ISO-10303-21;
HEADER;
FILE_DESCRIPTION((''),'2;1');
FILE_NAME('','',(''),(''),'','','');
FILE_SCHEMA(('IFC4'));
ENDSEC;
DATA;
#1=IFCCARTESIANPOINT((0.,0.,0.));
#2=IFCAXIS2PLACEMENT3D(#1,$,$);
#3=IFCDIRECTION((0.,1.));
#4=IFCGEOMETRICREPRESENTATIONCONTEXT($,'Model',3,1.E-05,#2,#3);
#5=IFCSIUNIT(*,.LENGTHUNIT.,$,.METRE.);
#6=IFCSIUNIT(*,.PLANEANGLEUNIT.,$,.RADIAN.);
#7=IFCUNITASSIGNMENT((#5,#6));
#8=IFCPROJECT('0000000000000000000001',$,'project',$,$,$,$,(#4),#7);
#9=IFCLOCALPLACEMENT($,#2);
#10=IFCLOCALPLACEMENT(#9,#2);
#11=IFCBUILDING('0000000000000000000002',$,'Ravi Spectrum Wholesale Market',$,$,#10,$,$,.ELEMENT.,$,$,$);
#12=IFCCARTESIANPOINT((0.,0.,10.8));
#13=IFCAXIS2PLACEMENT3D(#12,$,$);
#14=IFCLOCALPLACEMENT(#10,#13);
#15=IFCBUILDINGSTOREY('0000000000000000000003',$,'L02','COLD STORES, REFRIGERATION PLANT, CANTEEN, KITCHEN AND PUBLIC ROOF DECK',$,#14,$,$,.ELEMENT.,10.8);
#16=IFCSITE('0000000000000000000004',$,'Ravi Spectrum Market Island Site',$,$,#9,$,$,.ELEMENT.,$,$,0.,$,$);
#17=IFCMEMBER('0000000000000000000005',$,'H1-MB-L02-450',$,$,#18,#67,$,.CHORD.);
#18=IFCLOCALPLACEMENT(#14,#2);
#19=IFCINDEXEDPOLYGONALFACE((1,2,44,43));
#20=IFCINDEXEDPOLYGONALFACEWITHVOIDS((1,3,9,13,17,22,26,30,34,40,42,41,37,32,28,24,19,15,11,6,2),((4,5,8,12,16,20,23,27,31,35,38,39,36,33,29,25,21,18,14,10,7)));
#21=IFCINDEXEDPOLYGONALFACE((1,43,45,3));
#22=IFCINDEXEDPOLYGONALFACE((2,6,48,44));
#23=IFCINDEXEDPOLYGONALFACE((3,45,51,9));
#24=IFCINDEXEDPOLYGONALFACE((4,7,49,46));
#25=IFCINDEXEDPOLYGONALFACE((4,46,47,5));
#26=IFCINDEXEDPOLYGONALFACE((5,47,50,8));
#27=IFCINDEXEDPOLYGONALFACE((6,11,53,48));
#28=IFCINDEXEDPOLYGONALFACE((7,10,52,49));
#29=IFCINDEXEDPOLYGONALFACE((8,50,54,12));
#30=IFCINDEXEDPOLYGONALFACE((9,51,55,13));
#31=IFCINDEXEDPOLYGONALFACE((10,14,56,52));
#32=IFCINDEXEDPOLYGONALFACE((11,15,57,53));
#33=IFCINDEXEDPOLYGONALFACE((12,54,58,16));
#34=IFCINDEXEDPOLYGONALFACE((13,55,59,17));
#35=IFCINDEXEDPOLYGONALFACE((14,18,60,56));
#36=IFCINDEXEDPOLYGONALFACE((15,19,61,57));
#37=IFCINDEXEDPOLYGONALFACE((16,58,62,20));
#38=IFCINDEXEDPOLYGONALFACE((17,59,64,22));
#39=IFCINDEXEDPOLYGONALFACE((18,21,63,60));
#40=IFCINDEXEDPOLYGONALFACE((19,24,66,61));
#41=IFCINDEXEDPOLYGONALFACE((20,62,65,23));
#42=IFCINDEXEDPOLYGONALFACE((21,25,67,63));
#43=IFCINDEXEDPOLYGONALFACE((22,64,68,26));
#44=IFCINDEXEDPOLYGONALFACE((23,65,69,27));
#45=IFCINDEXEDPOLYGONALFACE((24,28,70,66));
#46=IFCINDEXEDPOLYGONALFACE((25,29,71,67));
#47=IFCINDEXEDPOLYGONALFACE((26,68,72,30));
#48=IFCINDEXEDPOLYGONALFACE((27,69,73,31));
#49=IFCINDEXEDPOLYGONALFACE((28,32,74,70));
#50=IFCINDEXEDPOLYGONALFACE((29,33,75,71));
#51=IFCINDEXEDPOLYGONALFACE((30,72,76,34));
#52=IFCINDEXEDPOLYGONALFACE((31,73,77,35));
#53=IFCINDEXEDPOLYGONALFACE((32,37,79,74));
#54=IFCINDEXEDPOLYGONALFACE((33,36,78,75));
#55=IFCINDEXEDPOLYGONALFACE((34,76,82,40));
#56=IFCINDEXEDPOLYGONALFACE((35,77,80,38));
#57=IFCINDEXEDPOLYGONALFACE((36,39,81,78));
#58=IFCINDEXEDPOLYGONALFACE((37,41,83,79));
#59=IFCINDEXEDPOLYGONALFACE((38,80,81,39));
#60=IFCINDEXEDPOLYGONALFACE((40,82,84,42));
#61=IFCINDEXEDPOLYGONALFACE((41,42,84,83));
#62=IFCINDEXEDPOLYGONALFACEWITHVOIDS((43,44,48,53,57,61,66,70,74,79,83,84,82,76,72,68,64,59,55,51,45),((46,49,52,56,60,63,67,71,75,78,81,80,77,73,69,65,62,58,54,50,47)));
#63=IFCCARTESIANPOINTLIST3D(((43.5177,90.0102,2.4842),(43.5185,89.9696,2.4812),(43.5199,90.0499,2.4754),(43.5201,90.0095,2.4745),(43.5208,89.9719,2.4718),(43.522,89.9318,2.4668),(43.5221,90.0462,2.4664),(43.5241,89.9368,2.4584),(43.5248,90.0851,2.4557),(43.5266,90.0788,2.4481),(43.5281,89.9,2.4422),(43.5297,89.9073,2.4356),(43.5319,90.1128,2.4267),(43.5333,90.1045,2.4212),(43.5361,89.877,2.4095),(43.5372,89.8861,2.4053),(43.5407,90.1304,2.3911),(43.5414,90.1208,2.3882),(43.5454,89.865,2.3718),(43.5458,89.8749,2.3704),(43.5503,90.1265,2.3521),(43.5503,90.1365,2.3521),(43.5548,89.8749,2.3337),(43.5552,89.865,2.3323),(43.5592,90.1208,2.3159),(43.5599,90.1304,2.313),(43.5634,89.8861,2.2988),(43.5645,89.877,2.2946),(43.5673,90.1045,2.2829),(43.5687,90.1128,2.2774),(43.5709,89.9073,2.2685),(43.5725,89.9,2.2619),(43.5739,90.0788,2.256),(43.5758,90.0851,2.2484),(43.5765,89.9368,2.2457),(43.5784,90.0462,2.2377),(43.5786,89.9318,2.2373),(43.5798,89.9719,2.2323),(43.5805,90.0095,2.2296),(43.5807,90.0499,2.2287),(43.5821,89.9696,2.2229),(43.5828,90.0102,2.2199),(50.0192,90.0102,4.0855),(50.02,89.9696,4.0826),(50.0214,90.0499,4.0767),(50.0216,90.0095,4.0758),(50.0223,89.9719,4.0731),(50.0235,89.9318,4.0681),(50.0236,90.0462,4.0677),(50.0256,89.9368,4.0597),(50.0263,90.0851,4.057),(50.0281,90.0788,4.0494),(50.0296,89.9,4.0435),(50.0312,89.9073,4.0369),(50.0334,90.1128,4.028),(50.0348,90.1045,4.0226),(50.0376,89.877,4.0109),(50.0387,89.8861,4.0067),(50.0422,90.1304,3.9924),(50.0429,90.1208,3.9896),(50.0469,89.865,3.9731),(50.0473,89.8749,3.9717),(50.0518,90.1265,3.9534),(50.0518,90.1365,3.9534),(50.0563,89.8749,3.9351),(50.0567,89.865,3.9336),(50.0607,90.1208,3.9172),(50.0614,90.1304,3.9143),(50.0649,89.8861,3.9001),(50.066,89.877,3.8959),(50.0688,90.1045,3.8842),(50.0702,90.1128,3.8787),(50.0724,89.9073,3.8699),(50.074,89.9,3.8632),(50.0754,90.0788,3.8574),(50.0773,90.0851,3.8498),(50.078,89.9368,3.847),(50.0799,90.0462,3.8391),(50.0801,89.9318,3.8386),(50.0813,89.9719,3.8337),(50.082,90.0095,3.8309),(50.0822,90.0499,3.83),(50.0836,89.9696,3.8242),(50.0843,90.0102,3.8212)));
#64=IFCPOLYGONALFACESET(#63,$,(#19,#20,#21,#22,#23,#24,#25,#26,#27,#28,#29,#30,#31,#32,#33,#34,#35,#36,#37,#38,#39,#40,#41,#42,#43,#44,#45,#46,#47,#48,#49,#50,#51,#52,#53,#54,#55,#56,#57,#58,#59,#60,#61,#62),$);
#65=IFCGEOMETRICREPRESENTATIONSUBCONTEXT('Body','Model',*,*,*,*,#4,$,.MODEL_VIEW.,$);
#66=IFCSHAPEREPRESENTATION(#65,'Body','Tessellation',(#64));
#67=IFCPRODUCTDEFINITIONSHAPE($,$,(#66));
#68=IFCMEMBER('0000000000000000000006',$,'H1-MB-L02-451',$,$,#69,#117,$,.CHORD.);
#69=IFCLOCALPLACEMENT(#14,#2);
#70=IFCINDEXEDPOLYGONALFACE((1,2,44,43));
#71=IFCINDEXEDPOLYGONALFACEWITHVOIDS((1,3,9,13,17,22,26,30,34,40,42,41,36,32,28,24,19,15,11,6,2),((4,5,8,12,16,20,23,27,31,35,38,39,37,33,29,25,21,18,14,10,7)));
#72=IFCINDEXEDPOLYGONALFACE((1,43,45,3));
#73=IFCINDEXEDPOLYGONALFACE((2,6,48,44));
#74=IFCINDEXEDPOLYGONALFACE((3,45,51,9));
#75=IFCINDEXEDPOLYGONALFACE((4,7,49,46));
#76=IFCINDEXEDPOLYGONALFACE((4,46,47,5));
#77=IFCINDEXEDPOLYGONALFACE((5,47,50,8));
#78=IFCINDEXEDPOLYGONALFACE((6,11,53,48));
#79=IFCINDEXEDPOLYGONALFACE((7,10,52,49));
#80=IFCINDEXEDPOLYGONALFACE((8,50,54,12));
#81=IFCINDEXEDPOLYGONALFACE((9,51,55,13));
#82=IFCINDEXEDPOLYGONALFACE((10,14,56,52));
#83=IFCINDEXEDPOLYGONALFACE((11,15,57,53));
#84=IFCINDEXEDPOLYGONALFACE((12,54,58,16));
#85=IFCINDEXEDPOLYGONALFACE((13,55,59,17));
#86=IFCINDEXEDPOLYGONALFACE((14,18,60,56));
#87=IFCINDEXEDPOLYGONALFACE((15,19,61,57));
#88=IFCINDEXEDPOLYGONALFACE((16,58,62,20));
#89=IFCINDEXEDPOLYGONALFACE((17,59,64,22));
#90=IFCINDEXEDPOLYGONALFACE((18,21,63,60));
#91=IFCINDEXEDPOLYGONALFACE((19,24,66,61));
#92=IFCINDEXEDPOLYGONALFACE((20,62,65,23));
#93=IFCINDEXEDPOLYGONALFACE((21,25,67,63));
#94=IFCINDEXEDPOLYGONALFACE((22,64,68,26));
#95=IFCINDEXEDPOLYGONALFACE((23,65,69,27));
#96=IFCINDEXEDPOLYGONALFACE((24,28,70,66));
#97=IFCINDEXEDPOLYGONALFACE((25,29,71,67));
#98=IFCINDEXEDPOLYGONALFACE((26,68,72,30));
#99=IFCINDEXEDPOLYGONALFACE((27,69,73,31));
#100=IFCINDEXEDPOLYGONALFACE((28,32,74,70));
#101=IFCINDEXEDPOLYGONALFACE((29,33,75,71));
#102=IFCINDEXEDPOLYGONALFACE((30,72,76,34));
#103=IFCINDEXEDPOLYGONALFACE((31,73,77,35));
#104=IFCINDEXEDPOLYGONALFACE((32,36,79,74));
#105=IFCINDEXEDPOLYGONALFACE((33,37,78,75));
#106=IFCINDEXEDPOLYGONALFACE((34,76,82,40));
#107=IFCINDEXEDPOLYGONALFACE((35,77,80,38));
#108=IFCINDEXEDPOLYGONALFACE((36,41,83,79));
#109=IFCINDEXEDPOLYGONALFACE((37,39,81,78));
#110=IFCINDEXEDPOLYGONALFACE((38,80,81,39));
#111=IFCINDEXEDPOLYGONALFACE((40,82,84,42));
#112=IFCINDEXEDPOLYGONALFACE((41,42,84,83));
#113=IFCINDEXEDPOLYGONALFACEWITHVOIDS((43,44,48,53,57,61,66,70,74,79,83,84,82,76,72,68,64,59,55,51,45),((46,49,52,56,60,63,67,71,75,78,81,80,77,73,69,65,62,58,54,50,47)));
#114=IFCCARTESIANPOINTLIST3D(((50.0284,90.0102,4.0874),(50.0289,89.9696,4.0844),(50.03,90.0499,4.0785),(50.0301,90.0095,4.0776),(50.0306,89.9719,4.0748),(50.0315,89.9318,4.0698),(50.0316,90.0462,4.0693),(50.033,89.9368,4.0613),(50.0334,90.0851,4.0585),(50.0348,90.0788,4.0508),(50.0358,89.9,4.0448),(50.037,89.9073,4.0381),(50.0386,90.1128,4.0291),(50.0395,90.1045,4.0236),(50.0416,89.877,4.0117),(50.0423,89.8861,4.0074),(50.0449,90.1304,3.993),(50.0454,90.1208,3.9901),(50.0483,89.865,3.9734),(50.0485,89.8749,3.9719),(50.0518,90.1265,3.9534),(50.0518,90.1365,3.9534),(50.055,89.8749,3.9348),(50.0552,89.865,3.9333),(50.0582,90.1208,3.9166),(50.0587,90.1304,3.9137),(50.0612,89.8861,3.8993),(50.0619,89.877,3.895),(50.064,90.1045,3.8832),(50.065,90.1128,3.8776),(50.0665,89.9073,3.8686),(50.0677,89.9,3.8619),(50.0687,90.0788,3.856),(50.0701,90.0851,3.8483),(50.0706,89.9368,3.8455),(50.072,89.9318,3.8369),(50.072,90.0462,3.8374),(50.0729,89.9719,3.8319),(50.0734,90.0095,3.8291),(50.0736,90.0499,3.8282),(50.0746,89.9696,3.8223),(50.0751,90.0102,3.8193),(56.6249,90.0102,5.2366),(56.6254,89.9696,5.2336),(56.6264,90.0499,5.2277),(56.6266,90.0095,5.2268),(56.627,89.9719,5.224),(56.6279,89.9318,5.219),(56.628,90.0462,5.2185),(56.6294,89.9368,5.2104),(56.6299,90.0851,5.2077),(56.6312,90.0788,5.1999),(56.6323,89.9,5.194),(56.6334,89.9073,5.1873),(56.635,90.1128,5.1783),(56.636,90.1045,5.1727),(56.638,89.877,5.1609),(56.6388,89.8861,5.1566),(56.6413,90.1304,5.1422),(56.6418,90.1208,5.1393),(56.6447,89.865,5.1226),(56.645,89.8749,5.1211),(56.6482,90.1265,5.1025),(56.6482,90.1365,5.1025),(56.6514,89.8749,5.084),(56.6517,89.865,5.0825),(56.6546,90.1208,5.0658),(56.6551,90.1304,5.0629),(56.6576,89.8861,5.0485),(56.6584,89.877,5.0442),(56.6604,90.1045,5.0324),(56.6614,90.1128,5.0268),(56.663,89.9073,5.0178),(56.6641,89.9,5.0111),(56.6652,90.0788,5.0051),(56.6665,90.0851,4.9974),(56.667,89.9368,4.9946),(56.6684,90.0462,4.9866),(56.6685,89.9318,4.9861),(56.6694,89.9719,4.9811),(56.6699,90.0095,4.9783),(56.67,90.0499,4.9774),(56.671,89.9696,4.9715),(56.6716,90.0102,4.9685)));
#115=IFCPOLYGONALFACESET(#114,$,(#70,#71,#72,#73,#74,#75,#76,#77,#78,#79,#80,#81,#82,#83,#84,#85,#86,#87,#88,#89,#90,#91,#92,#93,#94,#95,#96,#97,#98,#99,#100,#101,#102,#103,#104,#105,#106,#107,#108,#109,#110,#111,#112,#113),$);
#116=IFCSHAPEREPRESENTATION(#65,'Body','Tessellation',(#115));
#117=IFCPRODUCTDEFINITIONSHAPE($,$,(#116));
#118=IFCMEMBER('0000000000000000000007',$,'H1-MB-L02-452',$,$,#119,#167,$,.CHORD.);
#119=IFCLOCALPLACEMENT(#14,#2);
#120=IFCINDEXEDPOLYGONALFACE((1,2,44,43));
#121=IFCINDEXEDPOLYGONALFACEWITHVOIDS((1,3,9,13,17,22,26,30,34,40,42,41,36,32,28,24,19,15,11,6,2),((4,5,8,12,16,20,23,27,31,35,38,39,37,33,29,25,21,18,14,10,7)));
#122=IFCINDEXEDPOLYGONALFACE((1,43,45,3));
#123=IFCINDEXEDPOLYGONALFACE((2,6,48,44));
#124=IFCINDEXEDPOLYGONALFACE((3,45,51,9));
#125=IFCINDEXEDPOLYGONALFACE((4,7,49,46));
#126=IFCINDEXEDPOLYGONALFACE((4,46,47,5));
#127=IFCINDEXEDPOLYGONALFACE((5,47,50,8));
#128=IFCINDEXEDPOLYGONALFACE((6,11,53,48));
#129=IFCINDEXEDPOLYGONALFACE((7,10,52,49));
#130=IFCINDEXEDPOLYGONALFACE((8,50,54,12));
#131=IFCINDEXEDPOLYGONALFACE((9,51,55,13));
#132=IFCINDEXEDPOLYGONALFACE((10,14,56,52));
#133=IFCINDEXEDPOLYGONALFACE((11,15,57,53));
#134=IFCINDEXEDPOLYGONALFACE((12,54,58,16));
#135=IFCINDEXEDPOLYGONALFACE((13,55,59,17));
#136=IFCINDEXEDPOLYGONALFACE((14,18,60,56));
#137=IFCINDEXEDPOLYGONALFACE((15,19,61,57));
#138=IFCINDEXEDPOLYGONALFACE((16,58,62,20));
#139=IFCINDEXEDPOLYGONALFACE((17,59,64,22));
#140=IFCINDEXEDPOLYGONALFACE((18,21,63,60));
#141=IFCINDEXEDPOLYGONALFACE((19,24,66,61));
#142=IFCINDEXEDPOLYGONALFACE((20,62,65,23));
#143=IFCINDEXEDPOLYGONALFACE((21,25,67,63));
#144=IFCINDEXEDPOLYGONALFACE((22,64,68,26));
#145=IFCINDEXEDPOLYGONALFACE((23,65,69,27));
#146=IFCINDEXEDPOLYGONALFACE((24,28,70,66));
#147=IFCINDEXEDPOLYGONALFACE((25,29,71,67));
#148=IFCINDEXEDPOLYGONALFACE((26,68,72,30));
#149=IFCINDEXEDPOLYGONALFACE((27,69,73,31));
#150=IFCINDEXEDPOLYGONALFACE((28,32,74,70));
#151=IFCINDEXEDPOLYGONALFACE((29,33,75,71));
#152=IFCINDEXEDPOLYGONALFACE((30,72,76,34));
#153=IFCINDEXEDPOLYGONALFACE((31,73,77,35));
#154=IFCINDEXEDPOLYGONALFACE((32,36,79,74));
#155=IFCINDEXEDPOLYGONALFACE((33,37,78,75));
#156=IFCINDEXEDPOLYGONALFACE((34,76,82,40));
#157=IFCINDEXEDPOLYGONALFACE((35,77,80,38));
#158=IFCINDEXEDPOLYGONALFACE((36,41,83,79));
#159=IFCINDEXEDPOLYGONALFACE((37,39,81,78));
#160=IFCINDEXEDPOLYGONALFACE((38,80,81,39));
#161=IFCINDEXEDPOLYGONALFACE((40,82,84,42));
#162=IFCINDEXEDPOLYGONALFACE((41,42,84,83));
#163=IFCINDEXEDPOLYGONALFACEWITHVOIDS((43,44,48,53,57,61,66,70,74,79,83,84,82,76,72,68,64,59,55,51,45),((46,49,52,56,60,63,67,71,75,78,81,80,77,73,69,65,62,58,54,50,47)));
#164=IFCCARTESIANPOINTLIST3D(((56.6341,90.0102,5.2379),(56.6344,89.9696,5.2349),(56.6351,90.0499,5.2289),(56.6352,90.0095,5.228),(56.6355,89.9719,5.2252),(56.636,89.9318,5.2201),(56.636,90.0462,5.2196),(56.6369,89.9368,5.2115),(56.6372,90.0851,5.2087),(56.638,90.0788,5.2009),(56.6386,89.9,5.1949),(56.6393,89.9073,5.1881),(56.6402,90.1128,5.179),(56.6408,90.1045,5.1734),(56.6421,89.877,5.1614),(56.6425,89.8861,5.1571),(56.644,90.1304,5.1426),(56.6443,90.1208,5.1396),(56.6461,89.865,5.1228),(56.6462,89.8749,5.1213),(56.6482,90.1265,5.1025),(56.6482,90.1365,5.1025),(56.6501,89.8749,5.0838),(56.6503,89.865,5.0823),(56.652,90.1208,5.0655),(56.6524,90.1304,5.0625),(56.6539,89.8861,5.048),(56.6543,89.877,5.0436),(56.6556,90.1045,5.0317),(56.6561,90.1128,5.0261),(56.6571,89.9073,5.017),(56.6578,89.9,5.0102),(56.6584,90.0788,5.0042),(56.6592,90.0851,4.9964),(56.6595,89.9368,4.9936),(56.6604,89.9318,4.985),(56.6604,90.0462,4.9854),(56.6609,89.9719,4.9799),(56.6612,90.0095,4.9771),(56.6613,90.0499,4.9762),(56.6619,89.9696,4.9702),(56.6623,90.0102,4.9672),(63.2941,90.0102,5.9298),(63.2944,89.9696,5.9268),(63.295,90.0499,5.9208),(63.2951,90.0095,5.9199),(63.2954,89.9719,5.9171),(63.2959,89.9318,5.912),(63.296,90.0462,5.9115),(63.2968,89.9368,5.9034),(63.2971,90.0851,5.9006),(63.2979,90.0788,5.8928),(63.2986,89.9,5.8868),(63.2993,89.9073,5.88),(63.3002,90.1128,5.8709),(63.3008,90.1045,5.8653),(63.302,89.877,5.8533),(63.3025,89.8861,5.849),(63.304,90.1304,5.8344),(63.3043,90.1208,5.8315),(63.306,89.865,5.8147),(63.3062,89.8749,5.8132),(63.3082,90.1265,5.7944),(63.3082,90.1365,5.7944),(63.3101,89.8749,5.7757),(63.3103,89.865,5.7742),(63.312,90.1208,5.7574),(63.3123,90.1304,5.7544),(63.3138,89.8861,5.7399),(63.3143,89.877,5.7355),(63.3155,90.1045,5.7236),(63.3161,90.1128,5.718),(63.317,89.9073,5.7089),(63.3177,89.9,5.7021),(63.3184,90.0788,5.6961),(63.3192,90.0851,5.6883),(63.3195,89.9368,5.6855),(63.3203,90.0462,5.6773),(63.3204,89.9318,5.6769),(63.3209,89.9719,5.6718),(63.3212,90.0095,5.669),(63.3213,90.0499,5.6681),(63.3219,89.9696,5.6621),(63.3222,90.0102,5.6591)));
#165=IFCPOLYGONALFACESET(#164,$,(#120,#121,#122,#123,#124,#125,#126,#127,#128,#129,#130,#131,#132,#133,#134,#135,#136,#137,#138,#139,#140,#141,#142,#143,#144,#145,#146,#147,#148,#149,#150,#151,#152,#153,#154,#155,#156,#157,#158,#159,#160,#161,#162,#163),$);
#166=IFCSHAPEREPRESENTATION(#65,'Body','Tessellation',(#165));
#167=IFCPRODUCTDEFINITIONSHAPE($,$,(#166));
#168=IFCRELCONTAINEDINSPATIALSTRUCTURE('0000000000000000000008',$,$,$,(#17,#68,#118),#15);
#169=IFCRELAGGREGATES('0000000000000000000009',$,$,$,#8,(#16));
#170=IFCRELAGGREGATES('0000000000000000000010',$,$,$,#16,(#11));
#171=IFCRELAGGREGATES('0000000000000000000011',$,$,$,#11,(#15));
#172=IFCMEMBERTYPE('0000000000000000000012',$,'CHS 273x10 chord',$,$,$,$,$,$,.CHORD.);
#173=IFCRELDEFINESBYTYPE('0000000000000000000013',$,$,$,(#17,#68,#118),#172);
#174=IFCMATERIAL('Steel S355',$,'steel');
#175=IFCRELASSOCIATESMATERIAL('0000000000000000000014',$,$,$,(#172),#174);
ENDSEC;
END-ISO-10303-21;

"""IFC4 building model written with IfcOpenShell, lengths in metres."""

from ifc_helpers import new_model, si_unit, direction, frame, origin, origin_2d, place, context, subcontext, project, spatial, hollow_circle, extrude, material, material_profile, profile_set, type_object, element, save


model = new_model("IFC4")

# Units and contexts
model_context = context("Model", 3, precision=1e-05, world=origin(), true_north=direction((0.0, 1.0)))
body_context = subcontext(model_context, "Body", "Model", "MODEL_VIEW")
ifc_project = project(units=[si_unit("LENGTHUNIT", "METRE"), si_unit("PLANEANGLEUNIT", "RADIAN")], contexts=[model_context])

# Site, building, storey
site_placement = place(None, origin())
site = spatial("IfcSite", under=ifc_project, at=site_placement, Name="Ravi Spectrum Market Island Site", CompositionType="ELEMENT", RefElevation=0.0)
building_placement = place(site_placement, origin())
building = spatial("IfcBuilding", under=site, at=building_placement, Name="Ravi Spectrum Wholesale Market", CompositionType="ELEMENT")
storey_placement = place(building_placement, frame((0.0, 0.0, 10.8)))
storey = spatial("IfcBuildingStorey", under=building, at=storey_placement, Name="L02", Description="COLD STORES, REFRIGERATION PLANT, CANTEEN, KITCHEN AND PUBLIC ROOF DECK", CompositionType="ELEMENT", Elevation=10.8)

# Members
ifc_material_1 = material(Name="Steel S355", Category="steel")
ifc_material_profile_1 = material_profile(ifc_material_1, hollow_circle(Radius=0.1365, WallThickness=0.01, at=origin_2d()))
ifc_profile_set_1 = profile_set([ifc_material_profile_1], Name="Steel S355")
member_type_1 = type_object("IfcMemberType", Name="CHS 273x10 chord", PredefinedType="CHORD", material=ifc_profile_set_1)
for number, where, z_axis, x_axis, name in (
    (1, (43.5503, 90.0, 2.3521), (0.970982, 0.0, 0.239154), (0.0, 1.0, 0.0), "H1-MB-L02-450"),
    (2, (50.0518, 90.0, 3.9534), (0.985162, 0.0, 0.171626), (0.0, 1.0, 0.0), "H1-MB-L02-451"),
    (3, (56.6482, 90.0, 5.1025), (0.994647, 0.0, 0.103333), (0.0, 1.0, 0.0), "H1-MB-L02-452"),
):
    element("IfcMember", number, at=place(storey_placement, frame(where, z_axis=z_axis, x_axis=x_axis)), inside=storey, type_object=member_type_1, Name=name, PredefinedType="CHORD", context=body_context, shape_type="SweptSolid", body=[
        extrude(hollow_circle(Radius=0.1365, WallThickness=0.01, at=origin_2d()), origin(), (0.0, 0.0, 1.0), 6.6958),
    ])

save(model, "model.ifc")
